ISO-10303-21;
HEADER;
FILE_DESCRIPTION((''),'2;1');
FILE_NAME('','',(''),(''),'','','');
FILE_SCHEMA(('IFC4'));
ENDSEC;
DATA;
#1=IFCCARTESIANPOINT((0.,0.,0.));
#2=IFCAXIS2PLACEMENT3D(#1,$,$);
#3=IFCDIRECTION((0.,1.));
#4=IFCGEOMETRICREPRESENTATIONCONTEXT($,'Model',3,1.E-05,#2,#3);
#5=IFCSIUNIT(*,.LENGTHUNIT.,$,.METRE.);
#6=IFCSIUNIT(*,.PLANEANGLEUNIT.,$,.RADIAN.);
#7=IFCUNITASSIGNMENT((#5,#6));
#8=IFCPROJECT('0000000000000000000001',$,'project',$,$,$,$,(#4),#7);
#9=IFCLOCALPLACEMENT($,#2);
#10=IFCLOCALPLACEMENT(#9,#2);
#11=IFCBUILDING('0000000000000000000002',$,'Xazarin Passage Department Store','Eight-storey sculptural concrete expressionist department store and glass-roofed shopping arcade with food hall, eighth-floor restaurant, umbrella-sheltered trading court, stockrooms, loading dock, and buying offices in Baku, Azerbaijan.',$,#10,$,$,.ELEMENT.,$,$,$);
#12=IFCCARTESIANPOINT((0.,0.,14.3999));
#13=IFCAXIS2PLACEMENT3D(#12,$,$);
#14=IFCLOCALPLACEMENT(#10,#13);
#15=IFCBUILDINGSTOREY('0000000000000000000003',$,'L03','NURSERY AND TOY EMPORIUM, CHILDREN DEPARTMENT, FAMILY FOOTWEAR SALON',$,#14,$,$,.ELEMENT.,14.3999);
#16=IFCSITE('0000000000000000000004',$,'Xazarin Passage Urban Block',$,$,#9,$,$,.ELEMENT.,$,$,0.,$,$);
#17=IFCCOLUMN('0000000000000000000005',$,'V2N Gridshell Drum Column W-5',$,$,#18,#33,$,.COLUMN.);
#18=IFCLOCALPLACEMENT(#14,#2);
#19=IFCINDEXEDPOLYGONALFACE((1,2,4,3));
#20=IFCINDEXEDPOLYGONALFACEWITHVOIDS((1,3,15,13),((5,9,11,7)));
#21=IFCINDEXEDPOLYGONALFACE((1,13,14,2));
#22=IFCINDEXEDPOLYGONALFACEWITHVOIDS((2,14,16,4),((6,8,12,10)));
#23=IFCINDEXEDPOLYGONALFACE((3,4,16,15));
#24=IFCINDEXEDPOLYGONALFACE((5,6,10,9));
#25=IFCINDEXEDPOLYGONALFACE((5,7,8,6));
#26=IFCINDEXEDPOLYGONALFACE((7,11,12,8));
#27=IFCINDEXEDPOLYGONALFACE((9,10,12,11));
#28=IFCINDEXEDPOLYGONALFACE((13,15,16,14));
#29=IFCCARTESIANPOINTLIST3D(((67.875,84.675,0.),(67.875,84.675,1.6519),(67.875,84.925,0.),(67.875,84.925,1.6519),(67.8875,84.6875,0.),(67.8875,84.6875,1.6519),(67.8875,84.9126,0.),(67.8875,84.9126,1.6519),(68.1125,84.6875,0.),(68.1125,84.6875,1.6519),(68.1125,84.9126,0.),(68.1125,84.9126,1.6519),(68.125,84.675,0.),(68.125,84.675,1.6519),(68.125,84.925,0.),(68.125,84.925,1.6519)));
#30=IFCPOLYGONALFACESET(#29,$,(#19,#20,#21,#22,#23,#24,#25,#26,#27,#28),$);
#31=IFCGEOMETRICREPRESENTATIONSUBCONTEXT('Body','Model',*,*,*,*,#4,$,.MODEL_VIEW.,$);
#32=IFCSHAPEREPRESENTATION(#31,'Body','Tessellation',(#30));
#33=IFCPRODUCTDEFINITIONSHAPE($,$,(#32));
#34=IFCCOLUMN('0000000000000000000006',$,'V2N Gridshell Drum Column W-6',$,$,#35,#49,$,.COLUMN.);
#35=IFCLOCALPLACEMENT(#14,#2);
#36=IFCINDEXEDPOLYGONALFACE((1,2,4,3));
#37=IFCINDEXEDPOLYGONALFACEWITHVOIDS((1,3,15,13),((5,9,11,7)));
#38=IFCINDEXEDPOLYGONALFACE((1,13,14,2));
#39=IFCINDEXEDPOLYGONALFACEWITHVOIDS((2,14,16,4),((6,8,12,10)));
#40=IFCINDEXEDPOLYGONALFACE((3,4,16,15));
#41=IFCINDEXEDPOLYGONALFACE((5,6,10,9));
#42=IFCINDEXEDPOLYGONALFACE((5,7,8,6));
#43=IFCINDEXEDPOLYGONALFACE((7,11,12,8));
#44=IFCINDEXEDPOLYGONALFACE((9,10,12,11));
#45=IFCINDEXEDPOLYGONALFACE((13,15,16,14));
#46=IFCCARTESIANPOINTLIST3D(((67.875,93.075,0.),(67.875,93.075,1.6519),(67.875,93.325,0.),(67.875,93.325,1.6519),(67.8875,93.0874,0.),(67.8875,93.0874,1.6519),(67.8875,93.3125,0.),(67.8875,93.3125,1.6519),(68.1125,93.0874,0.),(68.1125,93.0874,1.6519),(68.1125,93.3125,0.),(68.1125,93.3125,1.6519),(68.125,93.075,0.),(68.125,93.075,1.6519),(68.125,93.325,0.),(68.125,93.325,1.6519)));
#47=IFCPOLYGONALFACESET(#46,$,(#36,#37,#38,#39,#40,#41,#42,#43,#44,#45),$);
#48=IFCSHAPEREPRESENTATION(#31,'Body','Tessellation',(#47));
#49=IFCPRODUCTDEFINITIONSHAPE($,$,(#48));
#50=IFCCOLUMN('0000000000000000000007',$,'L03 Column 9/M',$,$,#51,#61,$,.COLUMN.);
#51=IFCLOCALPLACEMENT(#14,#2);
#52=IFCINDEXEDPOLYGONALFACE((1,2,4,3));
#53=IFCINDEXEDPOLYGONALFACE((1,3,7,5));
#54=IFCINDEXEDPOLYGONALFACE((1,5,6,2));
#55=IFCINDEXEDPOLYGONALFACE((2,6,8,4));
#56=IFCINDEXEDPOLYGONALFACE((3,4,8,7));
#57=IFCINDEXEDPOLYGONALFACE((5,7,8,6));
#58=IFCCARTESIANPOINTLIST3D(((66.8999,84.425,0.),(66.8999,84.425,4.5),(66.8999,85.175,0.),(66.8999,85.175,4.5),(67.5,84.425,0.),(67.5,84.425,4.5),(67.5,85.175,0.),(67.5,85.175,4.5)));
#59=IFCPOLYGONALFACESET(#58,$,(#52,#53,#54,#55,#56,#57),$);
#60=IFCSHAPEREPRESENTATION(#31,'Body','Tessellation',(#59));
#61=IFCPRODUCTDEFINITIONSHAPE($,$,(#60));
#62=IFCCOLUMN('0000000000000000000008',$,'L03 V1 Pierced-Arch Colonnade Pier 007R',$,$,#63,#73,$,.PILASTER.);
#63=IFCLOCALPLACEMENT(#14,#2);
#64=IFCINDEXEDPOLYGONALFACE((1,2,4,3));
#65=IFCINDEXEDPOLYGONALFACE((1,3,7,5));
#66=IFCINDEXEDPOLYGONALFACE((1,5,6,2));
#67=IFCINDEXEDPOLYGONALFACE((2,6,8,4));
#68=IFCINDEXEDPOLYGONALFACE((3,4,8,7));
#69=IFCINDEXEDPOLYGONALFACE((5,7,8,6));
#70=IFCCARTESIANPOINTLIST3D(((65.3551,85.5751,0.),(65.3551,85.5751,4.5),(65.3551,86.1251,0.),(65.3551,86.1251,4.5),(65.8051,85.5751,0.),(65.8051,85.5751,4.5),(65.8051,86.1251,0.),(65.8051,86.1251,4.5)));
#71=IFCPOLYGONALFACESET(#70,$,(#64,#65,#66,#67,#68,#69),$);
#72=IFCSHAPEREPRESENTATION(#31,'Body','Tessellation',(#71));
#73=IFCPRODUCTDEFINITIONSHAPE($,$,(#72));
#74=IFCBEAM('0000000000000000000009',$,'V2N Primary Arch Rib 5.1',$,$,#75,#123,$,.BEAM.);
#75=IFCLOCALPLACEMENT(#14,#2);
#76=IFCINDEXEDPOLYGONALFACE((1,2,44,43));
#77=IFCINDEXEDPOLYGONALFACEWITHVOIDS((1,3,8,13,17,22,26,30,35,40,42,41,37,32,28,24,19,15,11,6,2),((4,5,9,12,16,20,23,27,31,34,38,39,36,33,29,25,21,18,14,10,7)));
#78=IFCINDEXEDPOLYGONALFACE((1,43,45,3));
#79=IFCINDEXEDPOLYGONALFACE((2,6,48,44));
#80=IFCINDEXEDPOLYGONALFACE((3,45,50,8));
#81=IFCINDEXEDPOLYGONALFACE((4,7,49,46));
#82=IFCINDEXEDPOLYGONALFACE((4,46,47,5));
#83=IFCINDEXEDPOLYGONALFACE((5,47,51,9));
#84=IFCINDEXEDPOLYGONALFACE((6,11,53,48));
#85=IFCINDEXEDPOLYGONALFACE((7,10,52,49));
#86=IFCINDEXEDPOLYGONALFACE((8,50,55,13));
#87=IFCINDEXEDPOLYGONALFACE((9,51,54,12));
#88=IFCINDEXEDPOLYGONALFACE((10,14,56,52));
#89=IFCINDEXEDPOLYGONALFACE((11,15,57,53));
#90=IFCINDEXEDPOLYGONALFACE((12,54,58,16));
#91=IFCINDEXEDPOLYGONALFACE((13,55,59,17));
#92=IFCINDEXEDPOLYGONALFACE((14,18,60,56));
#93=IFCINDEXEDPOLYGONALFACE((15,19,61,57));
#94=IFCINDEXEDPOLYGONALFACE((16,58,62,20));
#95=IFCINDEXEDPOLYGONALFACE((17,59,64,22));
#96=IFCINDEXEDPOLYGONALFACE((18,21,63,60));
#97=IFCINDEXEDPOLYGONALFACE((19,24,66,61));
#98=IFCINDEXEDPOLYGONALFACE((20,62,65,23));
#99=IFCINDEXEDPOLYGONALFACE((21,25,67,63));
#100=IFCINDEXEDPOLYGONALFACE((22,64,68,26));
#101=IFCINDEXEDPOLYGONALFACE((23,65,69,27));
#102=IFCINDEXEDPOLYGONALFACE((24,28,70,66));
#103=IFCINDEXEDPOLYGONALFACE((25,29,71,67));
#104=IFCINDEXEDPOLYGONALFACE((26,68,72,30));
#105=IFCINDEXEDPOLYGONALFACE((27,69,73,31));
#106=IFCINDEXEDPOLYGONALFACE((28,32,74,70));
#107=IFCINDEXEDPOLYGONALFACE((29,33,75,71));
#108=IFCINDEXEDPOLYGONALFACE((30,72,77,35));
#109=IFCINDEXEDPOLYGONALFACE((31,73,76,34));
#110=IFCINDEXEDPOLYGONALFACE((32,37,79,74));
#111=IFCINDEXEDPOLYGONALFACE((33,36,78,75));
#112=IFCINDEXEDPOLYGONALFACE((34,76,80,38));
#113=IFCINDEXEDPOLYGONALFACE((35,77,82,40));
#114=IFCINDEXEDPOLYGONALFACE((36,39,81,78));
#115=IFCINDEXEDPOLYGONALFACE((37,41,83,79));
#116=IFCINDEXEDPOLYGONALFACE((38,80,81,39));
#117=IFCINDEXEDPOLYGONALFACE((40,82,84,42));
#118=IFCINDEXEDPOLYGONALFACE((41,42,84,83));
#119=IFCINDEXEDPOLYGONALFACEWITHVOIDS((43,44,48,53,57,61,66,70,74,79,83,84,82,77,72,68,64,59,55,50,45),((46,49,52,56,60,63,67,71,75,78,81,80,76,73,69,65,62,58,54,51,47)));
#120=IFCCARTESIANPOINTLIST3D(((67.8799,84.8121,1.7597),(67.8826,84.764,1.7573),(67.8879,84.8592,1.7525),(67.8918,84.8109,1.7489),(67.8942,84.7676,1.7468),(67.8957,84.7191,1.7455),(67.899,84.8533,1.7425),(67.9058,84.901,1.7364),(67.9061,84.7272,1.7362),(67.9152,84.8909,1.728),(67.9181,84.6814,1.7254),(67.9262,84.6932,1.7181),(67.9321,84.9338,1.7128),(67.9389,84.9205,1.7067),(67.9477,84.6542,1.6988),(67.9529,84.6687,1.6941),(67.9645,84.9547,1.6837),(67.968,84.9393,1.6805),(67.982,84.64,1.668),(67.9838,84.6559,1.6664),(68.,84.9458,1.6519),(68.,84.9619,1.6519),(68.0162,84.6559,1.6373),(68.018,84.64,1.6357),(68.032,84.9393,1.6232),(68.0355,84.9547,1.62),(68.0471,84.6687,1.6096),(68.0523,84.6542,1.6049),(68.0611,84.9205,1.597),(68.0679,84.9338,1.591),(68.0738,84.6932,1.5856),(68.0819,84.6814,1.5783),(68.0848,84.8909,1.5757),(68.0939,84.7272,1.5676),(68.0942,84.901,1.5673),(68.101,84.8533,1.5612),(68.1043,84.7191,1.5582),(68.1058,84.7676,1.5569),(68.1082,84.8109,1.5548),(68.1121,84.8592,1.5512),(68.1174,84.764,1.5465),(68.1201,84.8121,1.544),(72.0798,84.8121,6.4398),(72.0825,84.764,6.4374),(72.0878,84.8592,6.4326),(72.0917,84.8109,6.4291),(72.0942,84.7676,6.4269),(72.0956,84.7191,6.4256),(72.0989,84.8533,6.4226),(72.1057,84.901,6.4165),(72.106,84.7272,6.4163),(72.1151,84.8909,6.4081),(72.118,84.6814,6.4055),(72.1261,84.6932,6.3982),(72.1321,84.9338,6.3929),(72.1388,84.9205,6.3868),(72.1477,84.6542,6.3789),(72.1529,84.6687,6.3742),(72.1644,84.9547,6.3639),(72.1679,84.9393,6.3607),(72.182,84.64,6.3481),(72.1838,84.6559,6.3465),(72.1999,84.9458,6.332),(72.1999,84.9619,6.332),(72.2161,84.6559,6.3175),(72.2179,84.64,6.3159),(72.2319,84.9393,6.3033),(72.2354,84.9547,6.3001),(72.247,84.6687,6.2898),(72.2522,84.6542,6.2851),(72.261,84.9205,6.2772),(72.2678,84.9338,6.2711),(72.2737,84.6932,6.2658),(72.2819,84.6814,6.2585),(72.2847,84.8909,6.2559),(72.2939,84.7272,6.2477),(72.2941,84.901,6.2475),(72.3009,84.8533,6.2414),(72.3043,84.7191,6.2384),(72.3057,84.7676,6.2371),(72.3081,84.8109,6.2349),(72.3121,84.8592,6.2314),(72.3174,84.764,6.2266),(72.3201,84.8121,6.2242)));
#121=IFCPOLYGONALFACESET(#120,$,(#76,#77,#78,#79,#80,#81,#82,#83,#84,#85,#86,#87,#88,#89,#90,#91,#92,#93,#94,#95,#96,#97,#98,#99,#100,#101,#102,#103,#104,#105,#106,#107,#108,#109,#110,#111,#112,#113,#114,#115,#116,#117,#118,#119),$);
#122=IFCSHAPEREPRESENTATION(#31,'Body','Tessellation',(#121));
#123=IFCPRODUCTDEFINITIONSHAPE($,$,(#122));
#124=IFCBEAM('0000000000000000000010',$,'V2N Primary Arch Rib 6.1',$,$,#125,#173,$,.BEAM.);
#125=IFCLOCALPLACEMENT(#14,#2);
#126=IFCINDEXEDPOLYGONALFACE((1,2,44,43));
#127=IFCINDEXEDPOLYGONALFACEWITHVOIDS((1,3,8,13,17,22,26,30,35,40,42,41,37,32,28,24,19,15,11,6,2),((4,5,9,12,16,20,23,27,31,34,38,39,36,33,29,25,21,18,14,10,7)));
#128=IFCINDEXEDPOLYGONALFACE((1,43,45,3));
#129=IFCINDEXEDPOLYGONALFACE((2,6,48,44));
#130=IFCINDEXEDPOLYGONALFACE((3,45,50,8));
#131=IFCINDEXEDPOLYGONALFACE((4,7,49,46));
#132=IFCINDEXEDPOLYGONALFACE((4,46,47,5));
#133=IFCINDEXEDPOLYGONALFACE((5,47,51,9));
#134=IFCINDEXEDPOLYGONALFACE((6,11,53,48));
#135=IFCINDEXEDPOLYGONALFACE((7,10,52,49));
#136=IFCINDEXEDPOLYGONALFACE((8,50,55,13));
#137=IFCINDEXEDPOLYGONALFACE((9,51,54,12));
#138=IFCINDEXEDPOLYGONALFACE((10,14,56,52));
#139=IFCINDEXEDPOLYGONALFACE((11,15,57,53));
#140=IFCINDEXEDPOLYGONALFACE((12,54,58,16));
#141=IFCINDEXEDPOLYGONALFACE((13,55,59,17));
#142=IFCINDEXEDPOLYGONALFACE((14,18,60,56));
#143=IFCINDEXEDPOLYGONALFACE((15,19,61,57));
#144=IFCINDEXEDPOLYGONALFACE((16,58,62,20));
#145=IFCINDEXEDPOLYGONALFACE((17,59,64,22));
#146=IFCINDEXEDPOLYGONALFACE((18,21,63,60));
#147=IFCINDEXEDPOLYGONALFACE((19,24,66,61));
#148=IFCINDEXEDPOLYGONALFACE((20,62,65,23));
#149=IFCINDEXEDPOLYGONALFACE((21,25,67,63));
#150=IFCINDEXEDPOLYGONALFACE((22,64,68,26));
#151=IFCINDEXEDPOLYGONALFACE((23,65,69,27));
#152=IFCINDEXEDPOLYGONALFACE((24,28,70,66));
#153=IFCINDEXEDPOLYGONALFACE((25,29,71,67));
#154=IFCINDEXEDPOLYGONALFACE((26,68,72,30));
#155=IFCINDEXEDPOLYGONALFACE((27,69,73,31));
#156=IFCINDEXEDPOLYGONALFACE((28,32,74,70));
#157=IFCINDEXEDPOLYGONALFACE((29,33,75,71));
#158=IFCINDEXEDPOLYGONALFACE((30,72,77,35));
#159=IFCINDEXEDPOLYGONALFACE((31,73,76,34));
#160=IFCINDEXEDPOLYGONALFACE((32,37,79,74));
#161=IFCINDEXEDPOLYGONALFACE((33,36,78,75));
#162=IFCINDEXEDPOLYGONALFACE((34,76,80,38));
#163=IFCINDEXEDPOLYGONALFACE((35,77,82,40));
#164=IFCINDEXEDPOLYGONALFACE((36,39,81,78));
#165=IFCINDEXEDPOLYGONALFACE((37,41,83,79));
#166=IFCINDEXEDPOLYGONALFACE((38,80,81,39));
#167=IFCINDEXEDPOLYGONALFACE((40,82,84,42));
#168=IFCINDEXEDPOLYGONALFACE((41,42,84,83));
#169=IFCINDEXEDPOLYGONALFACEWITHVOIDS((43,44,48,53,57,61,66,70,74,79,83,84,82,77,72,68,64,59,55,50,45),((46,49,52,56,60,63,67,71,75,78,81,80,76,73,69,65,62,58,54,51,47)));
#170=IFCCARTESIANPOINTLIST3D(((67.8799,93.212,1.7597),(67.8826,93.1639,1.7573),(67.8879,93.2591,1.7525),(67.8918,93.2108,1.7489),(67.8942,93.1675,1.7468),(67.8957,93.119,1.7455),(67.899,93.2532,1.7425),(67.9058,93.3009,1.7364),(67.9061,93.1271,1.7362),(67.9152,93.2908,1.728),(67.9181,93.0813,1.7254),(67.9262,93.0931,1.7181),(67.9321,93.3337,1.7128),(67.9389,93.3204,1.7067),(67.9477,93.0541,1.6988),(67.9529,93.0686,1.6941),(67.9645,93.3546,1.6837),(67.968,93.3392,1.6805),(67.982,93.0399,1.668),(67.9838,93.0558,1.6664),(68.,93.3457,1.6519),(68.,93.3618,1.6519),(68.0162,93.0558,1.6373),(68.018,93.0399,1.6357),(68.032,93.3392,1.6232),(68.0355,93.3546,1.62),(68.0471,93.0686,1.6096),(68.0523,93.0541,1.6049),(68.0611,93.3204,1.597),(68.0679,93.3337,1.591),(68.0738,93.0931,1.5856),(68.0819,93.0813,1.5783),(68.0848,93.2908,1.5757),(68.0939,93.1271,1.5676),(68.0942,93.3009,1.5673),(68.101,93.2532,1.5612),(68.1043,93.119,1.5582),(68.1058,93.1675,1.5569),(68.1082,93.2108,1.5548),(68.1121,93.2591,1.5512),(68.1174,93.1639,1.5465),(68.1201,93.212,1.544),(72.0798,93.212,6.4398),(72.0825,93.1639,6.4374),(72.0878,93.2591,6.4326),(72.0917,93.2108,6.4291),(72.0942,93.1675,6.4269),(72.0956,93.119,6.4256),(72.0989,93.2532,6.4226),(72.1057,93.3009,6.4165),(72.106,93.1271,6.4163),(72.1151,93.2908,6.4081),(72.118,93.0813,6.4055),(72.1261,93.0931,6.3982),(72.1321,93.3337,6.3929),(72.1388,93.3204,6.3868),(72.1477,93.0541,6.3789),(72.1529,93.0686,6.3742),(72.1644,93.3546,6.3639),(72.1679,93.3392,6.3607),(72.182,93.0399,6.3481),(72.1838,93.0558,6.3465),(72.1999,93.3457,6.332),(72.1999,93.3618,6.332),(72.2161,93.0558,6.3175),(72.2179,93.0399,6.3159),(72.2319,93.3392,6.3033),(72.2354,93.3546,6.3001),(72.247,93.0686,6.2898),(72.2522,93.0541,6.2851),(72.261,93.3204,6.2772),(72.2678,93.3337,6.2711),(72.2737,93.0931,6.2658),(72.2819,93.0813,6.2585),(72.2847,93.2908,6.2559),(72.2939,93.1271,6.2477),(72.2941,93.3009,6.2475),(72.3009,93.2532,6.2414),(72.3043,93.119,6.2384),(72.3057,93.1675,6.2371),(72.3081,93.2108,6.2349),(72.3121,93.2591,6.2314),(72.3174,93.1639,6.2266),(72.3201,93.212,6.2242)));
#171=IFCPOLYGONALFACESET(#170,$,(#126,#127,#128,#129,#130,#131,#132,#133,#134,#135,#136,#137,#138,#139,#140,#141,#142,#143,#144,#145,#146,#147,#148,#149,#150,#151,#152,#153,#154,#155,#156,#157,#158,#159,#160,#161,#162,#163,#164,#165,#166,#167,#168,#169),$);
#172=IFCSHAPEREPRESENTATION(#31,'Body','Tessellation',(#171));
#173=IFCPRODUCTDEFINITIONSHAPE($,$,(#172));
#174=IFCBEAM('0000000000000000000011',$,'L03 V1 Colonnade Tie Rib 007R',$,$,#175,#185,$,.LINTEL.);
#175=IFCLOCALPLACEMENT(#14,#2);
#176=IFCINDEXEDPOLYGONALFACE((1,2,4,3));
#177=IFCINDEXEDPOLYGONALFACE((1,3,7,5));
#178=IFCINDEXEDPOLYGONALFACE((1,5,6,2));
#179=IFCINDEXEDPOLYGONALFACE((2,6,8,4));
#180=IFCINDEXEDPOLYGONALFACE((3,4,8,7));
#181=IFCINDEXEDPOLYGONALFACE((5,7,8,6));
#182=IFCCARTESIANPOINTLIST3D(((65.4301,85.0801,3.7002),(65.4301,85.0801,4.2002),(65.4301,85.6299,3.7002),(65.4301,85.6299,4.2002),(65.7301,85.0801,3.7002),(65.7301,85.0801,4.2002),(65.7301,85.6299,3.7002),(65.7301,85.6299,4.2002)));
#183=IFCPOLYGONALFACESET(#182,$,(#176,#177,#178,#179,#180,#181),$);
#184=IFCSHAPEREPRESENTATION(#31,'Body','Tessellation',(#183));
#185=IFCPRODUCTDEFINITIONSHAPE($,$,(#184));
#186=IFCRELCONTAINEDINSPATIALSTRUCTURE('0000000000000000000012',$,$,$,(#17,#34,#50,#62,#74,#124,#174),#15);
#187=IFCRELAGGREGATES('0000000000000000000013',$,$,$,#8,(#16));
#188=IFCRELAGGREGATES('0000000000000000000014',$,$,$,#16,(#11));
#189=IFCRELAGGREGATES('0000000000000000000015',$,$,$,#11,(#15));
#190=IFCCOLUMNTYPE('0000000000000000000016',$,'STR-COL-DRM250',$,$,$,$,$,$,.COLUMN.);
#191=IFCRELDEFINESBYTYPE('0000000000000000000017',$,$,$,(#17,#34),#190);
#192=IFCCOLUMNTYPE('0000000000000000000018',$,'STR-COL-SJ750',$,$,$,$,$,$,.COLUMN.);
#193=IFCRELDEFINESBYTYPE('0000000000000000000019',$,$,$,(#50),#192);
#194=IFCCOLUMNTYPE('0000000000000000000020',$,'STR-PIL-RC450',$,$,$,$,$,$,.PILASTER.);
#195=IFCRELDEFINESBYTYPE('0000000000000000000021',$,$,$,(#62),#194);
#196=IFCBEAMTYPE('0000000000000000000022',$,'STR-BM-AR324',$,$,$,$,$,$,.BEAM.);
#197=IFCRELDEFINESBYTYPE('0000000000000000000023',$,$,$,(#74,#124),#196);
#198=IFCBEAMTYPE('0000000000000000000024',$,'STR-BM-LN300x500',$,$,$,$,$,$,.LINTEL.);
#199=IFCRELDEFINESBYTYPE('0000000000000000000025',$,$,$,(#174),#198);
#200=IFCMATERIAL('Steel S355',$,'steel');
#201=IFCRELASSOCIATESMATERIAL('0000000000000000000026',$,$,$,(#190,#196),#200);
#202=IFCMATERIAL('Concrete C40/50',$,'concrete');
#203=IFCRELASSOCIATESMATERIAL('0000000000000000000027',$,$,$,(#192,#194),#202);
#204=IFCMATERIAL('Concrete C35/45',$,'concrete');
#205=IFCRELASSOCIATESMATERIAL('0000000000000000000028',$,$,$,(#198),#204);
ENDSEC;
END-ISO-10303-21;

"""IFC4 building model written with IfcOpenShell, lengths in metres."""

from ifc_helpers import new_model, si_unit, direction, frame, origin, origin_2d, place, context, subcontext, project, spatial, rectangle, hollow_rectangle, hollow_circle, extrude, material, material_profile, profile_set, type_object, element, save


model = new_model("IFC4")

# Units and contexts
model_context = context("Model", 3, precision=1e-05, world=origin(), true_north=direction((0.0, 1.0)))
body_context = subcontext(model_context, "Body", "Model", "MODEL_VIEW")
ifc_project = project(units=[si_unit("LENGTHUNIT", "METRE"), si_unit("PLANEANGLEUNIT", "RADIAN")], contexts=[model_context])

# Site, building, storey
site_placement = place(None, origin())
site = spatial("IfcSite", under=ifc_project, at=site_placement, Name="Xazarin Passage Urban Block", CompositionType="ELEMENT", RefElevation=0.0)
building_placement = place(site_placement, origin())
building = spatial("IfcBuilding", under=site, at=building_placement, Name="Xazarin Passage Department Store", Description="Eight-storey sculptural concrete expressionist department store and glass-roofed shopping arcade with food hall, eighth-floor restaurant, umbrella-sheltered trading court, stockrooms, loading dock, and buying offices in Baku, Azerbaijan.", CompositionType="ELEMENT")
storey_placement = place(building_placement, frame((0.0, 0.0, 14.3999)))
storey = spatial("IfcBuildingStorey", under=building, at=storey_placement, Name="L03", Description="NURSERY AND TOY EMPORIUM, CHILDREN DEPARTMENT, FAMILY FOOTWEAR SALON", CompositionType="ELEMENT", Elevation=14.3999)

# Columns
ifc_material_1 = material(Name="Steel S355", Category="steel")
ifc_material_profile_1 = material_profile(ifc_material_1, hollow_rectangle(XDim=0.25, YDim=0.25, WallThickness=0.0125, at=origin_2d()), Name="SHS 250x250x12.5")
ifc_profile_set_1 = profile_set([ifc_material_profile_1], Name="Steel S355")
column_type_1 = type_object("IfcColumnType", Name="STR-COL-DRM250", PredefinedType="COLUMN", material=ifc_profile_set_1)
for number, where, z_axis, x_axis, name in (
    (1, (68.0, 84.8, 0.0), (0.0, 0.0, 1.0), (1.0, 0.0, 0.0), "V2N Gridshell Drum Column W-5"),
    (2, (68.0, 93.2, 0.0), (0.0, 0.0, 1.0), (1.0, 0.0, 0.0), "V2N Gridshell Drum Column W-6"),
):
    element("IfcColumn", number, at=place(storey_placement, frame(where, z_axis=z_axis, x_axis=x_axis)), inside=storey, type_object=column_type_1, Name=name, PredefinedType="COLUMN", context=body_context, shape_type="SweptSolid", body=[
        extrude(hollow_rectangle(XDim=0.25, YDim=0.25, WallThickness=0.0125, at=origin_2d()), origin(), (0.0, 0.0, 1.0), 1.6519),
    ])
ifc_material_2 = material(Name="Concrete C40/50", Category="concrete")
ifc_material_profile_2 = material_profile(ifc_material_2, rectangle(XDim=0.6001, YDim=0.75, at=origin_2d()), Name="RC 600x750")
ifc_profile_set_2 = profile_set([ifc_material_profile_2], Name="Concrete C40/50")
column_type_2 = type_object("IfcColumnType", Name="STR-COL-SJ750", PredefinedType="COLUMN", material=ifc_profile_set_2)
column_1_placement = place(storey_placement, frame((67.2, 84.8, 0.0), z_axis=(0.0, 0.0, 1.0), x_axis=(1.0, 0.0, 0.0)))
element("IfcColumn", 3, at=column_1_placement, inside=storey, type_object=column_type_2, Name="L03 Column 9/M", PredefinedType="COLUMN", context=body_context, shape_type="SweptSolid", body=[
    extrude(rectangle(XDim=0.6001, YDim=0.75, at=origin_2d()), origin(), (0.0, 0.0, 1.0), 4.5),
])
ifc_material_profile_3 = material_profile(ifc_material_2, rectangle(XDim=0.45, YDim=0.55, at=origin_2d()), Name="RC 450x550")
ifc_profile_set_3 = profile_set([ifc_material_profile_3], Name="Concrete C40/50")
column_type_3 = type_object("IfcColumnType", Name="STR-PIL-RC450", PredefinedType="PILASTER", material=ifc_profile_set_3)
column_2_placement = place(storey_placement, frame((65.5801, 85.8501, 0.0), z_axis=(0.0, 0.0, 1.0), x_axis=(1.0, 0.0, 0.0)))
element("IfcColumn", 4, at=column_2_placement, inside=storey, type_object=column_type_3, Name="L03 V1 Pierced-Arch Colonnade Pier 007R", PredefinedType="PILASTER", context=body_context, shape_type="SweptSolid", body=[
    extrude(rectangle(XDim=0.45, YDim=0.55, at=origin_2d()), origin(), (0.0, 0.0, 1.0), 4.5),
])

# Beams
ifc_material_profile_4 = material_profile(ifc_material_1, hollow_circle(Radius=0.1619, WallThickness=0.0161, at=origin_2d()), Name="CHS 323.9x16")
ifc_profile_set_4 = profile_set([ifc_material_profile_4], Name="Steel S355")
beam_type_1 = type_object("IfcBeamType", Name="STR-BM-AR324", PredefinedType="BEAM", material=ifc_profile_set_4)
for number, where, z_axis, x_axis, name in (
    (5, (68.0, 84.8, 1.6519), (0.667892, 0.0, 0.744259), (0.0, 1.0, 0.0), "V2N Primary Arch Rib 5.1"),
    (6, (68.0, 93.2, 1.6519), (0.667892, 0.0, 0.744259), (0.0, 1.0, 0.0), "V2N Primary Arch Rib 6.1"),
):
    element("IfcBeam", number, at=place(storey_placement, frame(where, z_axis=z_axis, x_axis=x_axis)), inside=storey, type_object=beam_type_1, Name=name, PredefinedType="BEAM", context=body_context, shape_type="SweptSolid", body=[
        extrude(hollow_circle(Radius=0.1619, WallThickness=0.0161, at=origin_2d()), origin(), (0.0, 0.0, 1.0), 6.2883),
    ])
ifc_material_3 = material(Name="Concrete C35/45", Category="concrete")
ifc_material_profile_5 = material_profile(ifc_material_3, rectangle(XDim=0.3, YDim=0.5, at=origin_2d()), Name="RC 300x500")
ifc_profile_set_5 = profile_set([ifc_material_profile_5], Name="Concrete C35/45")
beam_type_2 = type_object("IfcBeamType", Name="STR-BM-LN300x500", PredefinedType="LINTEL", material=ifc_profile_set_5)
beam_1_placement = place(storey_placement, frame((65.5801, 85.0801, 3.9502), z_axis=(0.0, 1.0, 0.0), x_axis=(-1.0, 0.0, 0.0)))
element("IfcBeam", 7, at=beam_1_placement, inside=storey, type_object=beam_type_2, Name="L03 V1 Colonnade Tie Rib 007R", PredefinedType="LINTEL", context=body_context, shape_type="SweptSolid", body=[
    extrude(rectangle(XDim=0.3, YDim=0.5, at=origin_2d()), origin(), (0.0, 0.0, 1.0), 0.5498),
])

save(model, "model.ifc")
